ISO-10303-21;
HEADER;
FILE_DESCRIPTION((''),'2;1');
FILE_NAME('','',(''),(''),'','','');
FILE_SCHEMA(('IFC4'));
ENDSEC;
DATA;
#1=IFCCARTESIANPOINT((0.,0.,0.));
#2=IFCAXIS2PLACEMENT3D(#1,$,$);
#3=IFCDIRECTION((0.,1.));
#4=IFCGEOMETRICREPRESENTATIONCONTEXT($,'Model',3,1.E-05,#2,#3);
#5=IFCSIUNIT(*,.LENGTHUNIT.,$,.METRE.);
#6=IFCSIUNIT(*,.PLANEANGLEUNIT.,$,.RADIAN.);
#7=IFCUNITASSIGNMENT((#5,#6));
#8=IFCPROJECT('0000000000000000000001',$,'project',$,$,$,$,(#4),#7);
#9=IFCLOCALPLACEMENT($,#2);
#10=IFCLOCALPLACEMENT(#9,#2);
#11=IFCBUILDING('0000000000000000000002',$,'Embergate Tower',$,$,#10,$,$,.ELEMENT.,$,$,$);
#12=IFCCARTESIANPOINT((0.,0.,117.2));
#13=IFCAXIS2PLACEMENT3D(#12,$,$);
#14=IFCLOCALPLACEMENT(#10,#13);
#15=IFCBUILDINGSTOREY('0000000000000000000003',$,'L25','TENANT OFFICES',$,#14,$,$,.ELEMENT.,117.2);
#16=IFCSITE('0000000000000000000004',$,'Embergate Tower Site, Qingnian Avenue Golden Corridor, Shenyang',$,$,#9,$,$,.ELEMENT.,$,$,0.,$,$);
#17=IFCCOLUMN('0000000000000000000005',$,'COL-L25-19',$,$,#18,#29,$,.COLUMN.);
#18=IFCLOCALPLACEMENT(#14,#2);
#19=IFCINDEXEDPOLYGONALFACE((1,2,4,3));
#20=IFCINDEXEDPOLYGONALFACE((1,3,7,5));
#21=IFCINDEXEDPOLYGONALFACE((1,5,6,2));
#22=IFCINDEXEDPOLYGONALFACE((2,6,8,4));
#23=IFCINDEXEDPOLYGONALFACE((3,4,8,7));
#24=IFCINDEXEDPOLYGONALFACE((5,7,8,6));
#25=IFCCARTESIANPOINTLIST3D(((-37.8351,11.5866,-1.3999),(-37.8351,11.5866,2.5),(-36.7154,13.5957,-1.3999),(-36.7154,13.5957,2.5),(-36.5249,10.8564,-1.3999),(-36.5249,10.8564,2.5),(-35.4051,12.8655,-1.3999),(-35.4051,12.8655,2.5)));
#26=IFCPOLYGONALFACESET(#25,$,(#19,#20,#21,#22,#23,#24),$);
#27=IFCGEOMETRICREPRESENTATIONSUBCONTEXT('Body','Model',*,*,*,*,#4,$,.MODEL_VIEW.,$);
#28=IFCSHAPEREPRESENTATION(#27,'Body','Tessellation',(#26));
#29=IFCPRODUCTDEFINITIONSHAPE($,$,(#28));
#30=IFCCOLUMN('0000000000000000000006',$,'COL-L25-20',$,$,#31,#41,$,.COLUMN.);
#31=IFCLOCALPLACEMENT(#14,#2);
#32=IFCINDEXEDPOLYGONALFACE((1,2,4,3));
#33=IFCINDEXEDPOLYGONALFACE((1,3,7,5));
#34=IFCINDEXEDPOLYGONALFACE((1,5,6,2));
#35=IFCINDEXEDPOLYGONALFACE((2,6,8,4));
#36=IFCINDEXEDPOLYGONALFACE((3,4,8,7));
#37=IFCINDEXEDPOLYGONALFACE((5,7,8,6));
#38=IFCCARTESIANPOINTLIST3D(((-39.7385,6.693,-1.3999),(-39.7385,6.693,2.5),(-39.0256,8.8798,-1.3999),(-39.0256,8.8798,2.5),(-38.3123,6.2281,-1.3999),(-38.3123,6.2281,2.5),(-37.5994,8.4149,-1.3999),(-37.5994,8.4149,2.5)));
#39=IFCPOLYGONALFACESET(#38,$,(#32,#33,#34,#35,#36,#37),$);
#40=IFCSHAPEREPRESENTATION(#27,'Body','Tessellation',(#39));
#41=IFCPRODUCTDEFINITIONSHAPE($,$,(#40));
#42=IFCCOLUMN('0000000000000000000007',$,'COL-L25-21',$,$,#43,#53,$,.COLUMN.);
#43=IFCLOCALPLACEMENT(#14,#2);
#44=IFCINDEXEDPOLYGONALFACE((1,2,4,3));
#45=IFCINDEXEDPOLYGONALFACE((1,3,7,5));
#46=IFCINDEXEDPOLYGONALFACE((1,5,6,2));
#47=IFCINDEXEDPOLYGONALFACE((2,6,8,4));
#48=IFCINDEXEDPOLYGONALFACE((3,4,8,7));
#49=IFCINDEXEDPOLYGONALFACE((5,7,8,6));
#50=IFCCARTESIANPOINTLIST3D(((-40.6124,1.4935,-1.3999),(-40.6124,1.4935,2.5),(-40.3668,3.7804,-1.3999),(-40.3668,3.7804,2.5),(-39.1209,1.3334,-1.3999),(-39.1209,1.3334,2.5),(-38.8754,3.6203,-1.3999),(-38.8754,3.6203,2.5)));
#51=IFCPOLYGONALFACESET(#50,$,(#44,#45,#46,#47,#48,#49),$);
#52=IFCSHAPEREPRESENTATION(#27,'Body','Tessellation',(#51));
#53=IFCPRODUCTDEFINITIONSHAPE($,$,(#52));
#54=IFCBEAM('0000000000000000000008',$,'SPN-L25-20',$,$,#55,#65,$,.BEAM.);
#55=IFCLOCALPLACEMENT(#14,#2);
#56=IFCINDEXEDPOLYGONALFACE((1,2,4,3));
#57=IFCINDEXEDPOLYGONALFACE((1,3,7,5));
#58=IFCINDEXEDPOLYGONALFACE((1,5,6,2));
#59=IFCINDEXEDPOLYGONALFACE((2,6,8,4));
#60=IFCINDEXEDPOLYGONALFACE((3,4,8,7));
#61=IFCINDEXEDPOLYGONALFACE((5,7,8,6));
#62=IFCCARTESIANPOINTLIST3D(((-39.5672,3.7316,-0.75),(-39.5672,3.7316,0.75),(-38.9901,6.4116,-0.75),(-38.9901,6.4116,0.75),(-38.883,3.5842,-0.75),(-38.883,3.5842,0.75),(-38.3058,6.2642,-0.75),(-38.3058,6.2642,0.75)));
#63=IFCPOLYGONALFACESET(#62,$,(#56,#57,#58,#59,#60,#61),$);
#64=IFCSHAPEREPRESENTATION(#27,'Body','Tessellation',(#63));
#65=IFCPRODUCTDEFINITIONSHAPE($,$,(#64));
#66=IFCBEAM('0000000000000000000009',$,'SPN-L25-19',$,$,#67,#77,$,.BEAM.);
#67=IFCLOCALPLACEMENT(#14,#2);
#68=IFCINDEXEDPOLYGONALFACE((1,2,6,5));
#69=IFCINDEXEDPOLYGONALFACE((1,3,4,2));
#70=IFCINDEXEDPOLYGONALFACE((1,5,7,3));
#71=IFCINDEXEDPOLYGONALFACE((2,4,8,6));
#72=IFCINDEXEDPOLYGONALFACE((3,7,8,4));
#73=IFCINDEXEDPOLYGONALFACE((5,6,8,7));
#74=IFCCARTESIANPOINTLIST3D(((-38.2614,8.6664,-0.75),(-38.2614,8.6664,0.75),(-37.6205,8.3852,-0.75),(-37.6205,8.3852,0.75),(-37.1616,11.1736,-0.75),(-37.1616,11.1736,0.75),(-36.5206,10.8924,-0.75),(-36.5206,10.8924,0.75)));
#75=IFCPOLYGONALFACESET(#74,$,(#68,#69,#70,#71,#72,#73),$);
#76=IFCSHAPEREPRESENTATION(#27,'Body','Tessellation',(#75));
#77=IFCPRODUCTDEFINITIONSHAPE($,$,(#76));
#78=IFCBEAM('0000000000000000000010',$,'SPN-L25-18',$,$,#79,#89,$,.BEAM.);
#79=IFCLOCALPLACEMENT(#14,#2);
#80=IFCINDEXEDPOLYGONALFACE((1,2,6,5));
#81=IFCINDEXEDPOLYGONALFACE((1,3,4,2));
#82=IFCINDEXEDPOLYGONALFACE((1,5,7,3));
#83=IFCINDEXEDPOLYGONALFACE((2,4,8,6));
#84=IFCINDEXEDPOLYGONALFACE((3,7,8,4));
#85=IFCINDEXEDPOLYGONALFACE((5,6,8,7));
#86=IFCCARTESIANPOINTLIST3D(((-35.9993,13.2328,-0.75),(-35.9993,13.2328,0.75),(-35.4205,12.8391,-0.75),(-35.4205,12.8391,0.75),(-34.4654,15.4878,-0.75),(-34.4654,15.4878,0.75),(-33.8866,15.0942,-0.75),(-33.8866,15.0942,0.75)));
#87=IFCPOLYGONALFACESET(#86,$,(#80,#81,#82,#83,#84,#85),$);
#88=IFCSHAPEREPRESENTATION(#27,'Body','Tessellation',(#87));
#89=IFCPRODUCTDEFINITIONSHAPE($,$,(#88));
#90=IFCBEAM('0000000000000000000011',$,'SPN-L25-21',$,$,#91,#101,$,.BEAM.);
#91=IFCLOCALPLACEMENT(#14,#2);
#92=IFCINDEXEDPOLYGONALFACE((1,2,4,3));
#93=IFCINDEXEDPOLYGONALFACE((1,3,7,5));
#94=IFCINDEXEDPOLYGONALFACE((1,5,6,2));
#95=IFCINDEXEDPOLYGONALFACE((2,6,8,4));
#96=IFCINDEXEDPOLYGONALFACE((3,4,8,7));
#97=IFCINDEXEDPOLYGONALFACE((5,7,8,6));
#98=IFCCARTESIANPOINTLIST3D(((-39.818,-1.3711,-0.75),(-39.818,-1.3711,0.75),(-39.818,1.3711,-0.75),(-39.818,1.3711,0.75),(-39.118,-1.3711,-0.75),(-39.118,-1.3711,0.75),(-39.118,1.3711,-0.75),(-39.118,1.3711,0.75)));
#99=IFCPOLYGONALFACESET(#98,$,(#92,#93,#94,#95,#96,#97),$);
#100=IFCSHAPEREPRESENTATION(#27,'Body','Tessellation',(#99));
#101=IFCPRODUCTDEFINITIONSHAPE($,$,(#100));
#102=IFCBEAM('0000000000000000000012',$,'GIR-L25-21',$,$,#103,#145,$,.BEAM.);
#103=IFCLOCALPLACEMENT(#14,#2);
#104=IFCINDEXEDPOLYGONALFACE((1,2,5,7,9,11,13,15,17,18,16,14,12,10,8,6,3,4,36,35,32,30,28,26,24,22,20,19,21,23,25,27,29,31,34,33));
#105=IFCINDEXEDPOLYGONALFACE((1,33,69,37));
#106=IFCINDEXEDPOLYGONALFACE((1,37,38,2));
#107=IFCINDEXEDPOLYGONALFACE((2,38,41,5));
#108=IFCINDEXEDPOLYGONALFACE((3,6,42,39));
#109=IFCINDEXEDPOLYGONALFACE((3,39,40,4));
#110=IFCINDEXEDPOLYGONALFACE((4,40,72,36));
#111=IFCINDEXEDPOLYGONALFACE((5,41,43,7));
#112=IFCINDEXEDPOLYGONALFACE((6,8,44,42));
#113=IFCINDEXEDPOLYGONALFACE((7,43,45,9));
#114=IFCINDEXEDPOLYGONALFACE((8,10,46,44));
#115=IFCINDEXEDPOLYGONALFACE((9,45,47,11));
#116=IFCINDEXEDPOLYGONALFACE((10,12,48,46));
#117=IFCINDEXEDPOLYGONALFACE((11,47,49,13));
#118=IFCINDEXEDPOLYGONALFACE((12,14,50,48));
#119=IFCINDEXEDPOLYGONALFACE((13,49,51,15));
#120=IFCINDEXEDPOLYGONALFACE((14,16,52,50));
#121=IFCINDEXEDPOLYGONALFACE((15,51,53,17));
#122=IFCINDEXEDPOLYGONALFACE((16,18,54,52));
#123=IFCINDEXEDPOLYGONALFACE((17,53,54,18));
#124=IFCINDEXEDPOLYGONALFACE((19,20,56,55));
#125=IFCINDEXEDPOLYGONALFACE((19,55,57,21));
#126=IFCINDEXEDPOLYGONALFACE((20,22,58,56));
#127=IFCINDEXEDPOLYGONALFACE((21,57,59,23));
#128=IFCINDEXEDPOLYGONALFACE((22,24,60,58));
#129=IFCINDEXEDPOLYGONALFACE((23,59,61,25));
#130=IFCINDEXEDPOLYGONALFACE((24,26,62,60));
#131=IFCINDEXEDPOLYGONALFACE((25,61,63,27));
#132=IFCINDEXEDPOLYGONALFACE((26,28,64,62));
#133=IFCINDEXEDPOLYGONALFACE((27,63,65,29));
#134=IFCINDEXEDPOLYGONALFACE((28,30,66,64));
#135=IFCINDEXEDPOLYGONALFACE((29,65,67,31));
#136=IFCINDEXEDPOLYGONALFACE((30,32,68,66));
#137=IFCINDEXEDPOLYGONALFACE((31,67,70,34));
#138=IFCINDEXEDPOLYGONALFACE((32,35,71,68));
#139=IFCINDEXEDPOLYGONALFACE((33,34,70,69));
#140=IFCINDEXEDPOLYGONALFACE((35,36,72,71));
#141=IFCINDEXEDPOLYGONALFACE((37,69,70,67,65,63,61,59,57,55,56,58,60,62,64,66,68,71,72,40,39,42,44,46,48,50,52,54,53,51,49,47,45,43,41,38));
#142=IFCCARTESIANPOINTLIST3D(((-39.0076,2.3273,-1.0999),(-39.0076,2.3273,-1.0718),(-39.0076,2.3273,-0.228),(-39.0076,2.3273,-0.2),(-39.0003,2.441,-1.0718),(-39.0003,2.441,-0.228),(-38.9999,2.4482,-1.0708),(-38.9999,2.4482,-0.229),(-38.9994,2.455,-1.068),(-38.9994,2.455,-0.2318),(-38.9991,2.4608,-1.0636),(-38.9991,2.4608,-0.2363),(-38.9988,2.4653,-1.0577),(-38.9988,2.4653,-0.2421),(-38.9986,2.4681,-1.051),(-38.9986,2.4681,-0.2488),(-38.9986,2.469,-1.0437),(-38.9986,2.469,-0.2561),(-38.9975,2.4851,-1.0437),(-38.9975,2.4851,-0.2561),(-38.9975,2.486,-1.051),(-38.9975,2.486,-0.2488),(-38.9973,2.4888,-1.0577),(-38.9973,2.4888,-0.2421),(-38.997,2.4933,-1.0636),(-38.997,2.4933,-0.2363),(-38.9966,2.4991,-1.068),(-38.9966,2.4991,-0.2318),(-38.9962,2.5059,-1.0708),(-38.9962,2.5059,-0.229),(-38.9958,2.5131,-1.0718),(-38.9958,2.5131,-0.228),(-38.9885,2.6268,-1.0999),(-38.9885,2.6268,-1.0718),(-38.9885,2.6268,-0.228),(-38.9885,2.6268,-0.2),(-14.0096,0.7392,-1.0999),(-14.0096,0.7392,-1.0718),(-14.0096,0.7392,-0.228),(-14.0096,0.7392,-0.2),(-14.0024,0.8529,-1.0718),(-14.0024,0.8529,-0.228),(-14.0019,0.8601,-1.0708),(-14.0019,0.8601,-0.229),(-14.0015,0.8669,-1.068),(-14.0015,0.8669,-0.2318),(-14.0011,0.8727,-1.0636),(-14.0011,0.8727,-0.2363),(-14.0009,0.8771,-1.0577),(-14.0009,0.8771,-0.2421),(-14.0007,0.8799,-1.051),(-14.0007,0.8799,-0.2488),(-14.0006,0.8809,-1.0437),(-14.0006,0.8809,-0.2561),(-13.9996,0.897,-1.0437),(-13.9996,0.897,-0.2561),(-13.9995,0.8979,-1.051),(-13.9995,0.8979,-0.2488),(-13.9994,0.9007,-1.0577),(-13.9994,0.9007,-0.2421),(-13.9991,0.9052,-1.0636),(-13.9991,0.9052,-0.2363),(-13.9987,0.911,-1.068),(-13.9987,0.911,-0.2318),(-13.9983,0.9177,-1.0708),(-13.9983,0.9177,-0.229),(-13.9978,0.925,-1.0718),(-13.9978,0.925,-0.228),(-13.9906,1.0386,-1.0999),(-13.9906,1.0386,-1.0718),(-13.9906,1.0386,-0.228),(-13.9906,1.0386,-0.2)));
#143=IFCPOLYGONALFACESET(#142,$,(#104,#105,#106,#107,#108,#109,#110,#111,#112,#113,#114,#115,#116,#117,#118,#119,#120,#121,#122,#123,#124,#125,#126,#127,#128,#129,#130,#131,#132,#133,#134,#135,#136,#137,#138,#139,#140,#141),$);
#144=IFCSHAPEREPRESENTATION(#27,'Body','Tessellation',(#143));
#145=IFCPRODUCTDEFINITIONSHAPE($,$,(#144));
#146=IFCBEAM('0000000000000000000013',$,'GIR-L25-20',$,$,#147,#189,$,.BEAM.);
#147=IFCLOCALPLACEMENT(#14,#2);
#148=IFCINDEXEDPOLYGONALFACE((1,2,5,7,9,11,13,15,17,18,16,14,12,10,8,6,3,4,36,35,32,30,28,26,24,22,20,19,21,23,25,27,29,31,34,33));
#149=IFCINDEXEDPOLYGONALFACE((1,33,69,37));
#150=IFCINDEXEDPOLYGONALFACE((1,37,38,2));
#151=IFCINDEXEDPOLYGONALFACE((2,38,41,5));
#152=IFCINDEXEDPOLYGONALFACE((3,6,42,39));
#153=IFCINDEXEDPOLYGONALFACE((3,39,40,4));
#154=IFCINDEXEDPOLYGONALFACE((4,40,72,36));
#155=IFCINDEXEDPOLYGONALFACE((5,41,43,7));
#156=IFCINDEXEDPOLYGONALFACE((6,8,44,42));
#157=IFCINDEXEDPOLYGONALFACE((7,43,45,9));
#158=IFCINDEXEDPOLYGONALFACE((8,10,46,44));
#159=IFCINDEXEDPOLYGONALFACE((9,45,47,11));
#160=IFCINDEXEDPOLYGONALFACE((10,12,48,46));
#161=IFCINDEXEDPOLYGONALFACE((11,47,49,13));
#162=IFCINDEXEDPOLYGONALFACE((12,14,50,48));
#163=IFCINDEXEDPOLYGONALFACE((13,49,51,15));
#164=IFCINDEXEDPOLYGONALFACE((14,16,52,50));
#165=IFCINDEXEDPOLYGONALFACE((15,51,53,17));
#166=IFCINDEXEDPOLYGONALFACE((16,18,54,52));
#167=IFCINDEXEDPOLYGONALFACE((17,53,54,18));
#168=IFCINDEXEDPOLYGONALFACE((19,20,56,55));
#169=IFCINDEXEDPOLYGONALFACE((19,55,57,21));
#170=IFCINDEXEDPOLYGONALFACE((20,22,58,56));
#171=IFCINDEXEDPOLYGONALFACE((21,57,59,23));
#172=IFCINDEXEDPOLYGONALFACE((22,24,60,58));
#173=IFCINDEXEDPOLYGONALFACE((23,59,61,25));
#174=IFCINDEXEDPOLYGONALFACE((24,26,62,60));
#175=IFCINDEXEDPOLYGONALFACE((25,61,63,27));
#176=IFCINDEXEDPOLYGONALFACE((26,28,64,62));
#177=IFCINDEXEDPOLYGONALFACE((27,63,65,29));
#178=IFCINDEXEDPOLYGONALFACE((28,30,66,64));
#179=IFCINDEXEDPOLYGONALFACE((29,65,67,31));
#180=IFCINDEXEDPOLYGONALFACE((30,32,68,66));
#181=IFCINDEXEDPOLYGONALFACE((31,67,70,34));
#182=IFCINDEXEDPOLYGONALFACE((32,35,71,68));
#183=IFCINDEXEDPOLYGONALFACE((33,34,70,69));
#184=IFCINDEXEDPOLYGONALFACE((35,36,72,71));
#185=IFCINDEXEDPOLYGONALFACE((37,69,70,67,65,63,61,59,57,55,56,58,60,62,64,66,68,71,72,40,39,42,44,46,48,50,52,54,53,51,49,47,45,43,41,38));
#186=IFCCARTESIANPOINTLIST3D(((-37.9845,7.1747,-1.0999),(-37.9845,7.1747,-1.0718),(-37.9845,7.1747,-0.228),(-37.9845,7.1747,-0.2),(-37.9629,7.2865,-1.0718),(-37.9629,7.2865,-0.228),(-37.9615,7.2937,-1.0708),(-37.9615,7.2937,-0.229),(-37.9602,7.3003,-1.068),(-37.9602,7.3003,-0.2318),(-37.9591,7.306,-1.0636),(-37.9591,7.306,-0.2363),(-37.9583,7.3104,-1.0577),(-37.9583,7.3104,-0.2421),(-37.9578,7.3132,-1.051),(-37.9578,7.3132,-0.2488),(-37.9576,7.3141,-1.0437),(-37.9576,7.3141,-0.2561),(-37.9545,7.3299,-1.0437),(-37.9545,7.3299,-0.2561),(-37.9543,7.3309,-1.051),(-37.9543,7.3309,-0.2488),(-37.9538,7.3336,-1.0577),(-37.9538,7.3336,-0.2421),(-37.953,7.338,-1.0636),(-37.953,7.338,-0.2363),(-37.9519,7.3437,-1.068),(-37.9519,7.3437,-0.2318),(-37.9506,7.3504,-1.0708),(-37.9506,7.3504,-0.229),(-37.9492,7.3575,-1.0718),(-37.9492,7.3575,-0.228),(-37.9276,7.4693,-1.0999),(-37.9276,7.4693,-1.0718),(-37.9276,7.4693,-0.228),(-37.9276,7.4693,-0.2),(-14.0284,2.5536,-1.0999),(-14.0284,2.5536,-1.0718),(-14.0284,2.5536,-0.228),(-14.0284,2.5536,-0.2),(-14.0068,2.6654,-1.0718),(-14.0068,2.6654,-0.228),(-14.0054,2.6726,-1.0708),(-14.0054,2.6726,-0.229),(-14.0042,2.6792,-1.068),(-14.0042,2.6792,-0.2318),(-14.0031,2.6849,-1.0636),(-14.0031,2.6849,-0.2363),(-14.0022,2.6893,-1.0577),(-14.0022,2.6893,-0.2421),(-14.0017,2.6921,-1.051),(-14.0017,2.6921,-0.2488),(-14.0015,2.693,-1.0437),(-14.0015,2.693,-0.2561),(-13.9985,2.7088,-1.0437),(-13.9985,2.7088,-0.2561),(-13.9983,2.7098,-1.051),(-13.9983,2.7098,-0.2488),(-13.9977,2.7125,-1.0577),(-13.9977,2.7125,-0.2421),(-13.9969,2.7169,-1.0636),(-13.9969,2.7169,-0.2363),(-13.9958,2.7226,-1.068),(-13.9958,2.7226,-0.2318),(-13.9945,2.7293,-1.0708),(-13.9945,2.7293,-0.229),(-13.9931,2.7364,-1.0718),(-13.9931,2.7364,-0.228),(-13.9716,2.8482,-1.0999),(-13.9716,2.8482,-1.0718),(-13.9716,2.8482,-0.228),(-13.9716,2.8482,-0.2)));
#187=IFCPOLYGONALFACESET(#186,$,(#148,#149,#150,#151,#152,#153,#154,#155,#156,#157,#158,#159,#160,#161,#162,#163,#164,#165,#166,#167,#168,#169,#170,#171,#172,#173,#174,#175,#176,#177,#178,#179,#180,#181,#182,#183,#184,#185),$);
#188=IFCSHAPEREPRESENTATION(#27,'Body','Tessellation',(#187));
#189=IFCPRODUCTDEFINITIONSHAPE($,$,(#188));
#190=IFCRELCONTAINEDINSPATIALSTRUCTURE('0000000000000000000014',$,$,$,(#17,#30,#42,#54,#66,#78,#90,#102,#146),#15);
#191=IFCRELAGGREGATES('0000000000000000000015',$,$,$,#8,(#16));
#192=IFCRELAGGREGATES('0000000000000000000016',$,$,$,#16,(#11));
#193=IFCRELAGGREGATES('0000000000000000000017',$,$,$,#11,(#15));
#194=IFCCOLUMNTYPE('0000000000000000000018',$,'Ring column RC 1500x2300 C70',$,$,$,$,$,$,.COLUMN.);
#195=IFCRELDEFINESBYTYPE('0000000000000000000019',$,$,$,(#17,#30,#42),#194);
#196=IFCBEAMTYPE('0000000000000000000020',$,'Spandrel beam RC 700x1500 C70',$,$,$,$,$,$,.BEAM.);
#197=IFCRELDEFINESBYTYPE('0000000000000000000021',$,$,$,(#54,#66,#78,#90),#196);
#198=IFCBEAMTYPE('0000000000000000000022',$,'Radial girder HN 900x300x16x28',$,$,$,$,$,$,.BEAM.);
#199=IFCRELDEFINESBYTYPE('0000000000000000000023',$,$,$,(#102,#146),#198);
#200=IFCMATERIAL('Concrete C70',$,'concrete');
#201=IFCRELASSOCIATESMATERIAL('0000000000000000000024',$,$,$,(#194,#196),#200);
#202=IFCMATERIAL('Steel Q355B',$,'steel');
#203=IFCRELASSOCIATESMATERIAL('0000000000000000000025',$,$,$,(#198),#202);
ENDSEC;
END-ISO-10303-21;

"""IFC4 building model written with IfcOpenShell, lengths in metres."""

from ifc_helpers import new_model, si_unit, direction, frame, origin, origin_2d, place, context, subcontext, project, spatial, rectangle, i_section, extrude, source, transform, mapped, material, material_profile, profile_set, type_object, element, save


model = new_model("IFC4")

# Units and contexts
model_context = context("Model", 3, precision=1e-05, world=origin(), true_north=direction((0.0, 1.0)))
body_context = subcontext(model_context, "Body", "Model", "MODEL_VIEW")
ifc_project = project(units=[si_unit("LENGTHUNIT", "METRE"), si_unit("PLANEANGLEUNIT", "RADIAN")], contexts=[model_context])

# Site, building, storey
site_placement = place(None, origin())
site = spatial("IfcSite", under=ifc_project, at=site_placement, Name="Embergate Tower Site, Qingnian Avenue Golden Corridor, Shenyang", CompositionType="ELEMENT", RefElevation=0.0)
building_placement = place(site_placement, origin())
building = spatial("IfcBuilding", under=site, at=building_placement, Name="Embergate Tower", CompositionType="ELEMENT")
storey_placement = place(building_placement, frame((0.0, 0.0, 117.2)))
storey = spatial("IfcBuildingStorey", under=building, at=storey_placement, Name="L25", Description="TENANT OFFICES", CompositionType="ELEMENT", Elevation=117.2)

# Columns
ifc_material_1 = material(Name="Concrete C70", Category="concrete")
ifc_material_profile_1 = material_profile(ifc_material_1, rectangle(XDim=1.5, YDim=2.3, at=origin_2d()), Name="RC 1500x2300")
ifc_profile_set_1 = profile_set([ifc_material_profile_1], Name="Concrete C70")
column_type = type_object("IfcColumnType", Name="Ring column RC 1500x2300 C70", PredefinedType="COLUMN", material=ifc_profile_set_1)
shared_shape_1 = source(origin(), body_context, "Body", "SweptSolid", [
    extrude(rectangle(XDim=1.5, YDim=2.3, at=origin_2d()), origin(), (0.0, 0.0, 1.0), 3.8999),
])
for number, where, z_axis, x_axis, name in (
    (1, (-36.6201, 12.2261, -1.3999), (0.0, 0.0, 1.0), (-0.8735, 0.486823, 0.0), "COL-L25-19"),
    (2, (-38.6689, 7.554, -1.3999), (0.0, 0.0, 1.0), (-0.950754, 0.309946, 0.0), "COL-L25-20"),
    (3, (-39.7439, 2.5569, -1.3999), (0.0, 0.0, 1.0), (-0.994286, 0.10675, 0.0), "COL-L25-21"),
):
    element("IfcColumn", number, at=place(storey_placement, frame(where, z_axis=z_axis, x_axis=x_axis)), inside=storey, type_object=column_type, Name=name, PredefinedType="COLUMN", context=body_context, shape_type="MappedRepresentation", body=[
        mapped(shared_shape_1, transform((0.0, 0.0, 0.0))),
    ])

# Beams
ifc_material_profile_2 = material_profile(ifc_material_1, rectangle(XDim=0.7, YDim=1.5, at=origin_2d()), Name="RC 700x1500")
ifc_profile_set_2 = profile_set([ifc_material_profile_2], Name="Concrete C70")
beam_type_1 = type_object("IfcBeamType", Name="Spandrel beam RC 700x1500 C70", PredefinedType="BEAM", material=ifc_profile_set_2)
shared_shape_2 = source(origin(), body_context, "Body", "SweptSolid", [
    extrude(rectangle(XDim=0.7, YDim=1.5, at=origin_2d()), origin(), (0.0, 0.0, 1.0), 2.7415),
])
beam_1_placement = place(storey_placement, frame((-38.6479, 6.3379, 0.0), z_axis=(-0.210533, -0.977587, 0.0), x_axis=(0.977587, -0.210533, 0.0)))
element("IfcBeam", 4, at=beam_1_placement, inside=storey, type_object=beam_type_1, Name="SPN-L25-20", PredefinedType="BEAM", context=body_context, shape_type="MappedRepresentation", body=[
    mapped(shared_shape_2, transform((0.0, 0.0, 0.0))),
])
shared_shape_3 = source(origin(), body_context, "Body", "SweptSolid", [
    extrude(rectangle(XDim=0.7, YDim=1.5, at=origin_2d()), origin(), (0.0, 0.0, 1.0), 2.7378),
])
beam_2_placement = place(storey_placement, frame((-36.8411, 11.033, 0.0), z_axis=(-0.40174, -0.915754, 0.0), x_axis=(0.915754, -0.40174, 0.0)))
element("IfcBeam", 5, at=beam_2_placement, inside=storey, type_object=beam_type_1, Name="SPN-L25-19", PredefinedType="BEAM", context=body_context, shape_type="MappedRepresentation", body=[
    mapped(shared_shape_3, transform((0.0, 0.0, 0.0))),
])
shared_shape_4 = source(origin(), body_context, "Body", "SweptSolid", [
    extrude(rectangle(XDim=0.7, YDim=1.5, at=origin_2d()), origin(), (0.0, 0.0, 1.0), 2.7273),
])
beam_3_placement = place(storey_placement, frame((-34.176, 15.291, 0.0), z_axis=(-0.562423, -0.82685, 0.0), x_axis=(0.82685, -0.562423, 0.0)))
element("IfcBeam", 6, at=beam_3_placement, inside=storey, type_object=beam_type_1, Name="SPN-L25-18", PredefinedType="BEAM", context=body_context, shape_type="MappedRepresentation", body=[
    mapped(shared_shape_4, transform((0.0, 0.0, 0.0))),
])
shared_shape_5 = source(origin(), body_context, "Body", "SweptSolid", [
    extrude(rectangle(XDim=0.7, YDim=1.5, at=origin_2d()), origin(), (0.0, 0.0, 1.0), 2.7422),
])
beam_4_placement = place(storey_placement, frame((-39.468, 1.3711, 0.0), z_axis=(0.0, -1.0, 0.0), x_axis=(1.0, 0.0, 0.0)))
element("IfcBeam", 7, at=beam_4_placement, inside=storey, type_object=beam_type_1, Name="SPN-L25-21", PredefinedType="BEAM", context=body_context, shape_type="MappedRepresentation", body=[
    mapped(shared_shape_5, transform((0.0, 0.0, 0.0))),
])
ifc_material_2 = material(Name="Steel Q355B", Category="steel")
ifc_material_profile_3 = material_profile(ifc_material_2, i_section(OverallWidth=0.3, OverallDepth=0.8999, WebThickness=0.0161, FlangeThickness=0.0281, FilletRadius=0.0281, at=origin_2d()), Name="HN 900x300x16x28")
ifc_profile_set_3 = profile_set([ifc_material_profile_3], Name="Steel Q355 grade B")
beam_type_2 = type_object("IfcBeamType", Name="Radial girder HN 900x300x16x28", PredefinedType="BEAM", material=ifc_profile_set_3)
shared_shape_6 = source(origin(), body_context, "Body", "SweptSolid", [
    extrude(i_section(OverallWidth=0.3, OverallDepth=0.8999, WebThickness=0.0161, FlangeThickness=0.0281, FilletRadius=0.0281, at=origin_2d()), origin(), (0.0, 0.0, 1.0), 25.0483),
])
beam_5_placement = place(storey_placement, frame((-38.998, 2.4771, -0.6499), z_axis=(0.997988, -0.063403, 0.0), x_axis=(0.063403, 0.997988, 0.0)))
element("IfcBeam", 8, at=beam_5_placement, inside=storey, type_object=beam_type_2, Name="GIR-L25-21", PredefinedType="BEAM", context=body_context, shape_type="MappedRepresentation", body=[
    mapped(shared_shape_6, transform((0.0, 0.0, 0.0))),
])
shared_shape_7 = source(origin(), body_context, "Body", "SweptSolid", [
    extrude(i_section(OverallWidth=0.3, OverallDepth=0.8999, WebThickness=0.0161, FlangeThickness=0.0281, FilletRadius=0.0281, at=origin_2d()), origin(), (0.0, 0.0, 1.0), 24.3977),
])
beam_6_placement = place(storey_placement, frame((-37.9561, 7.322, -0.6499), z_axis=(0.981899, -0.189407, 0.0), x_axis=(0.189407, 0.981899, 0.0)))
element("IfcBeam", 9, at=beam_6_placement, inside=storey, type_object=beam_type_2, Name="GIR-L25-20", PredefinedType="BEAM", context=body_context, shape_type="MappedRepresentation", body=[
    mapped(shared_shape_7, transform((0.0, 0.0, 0.0))),
])

save(model, "model.ifc")
